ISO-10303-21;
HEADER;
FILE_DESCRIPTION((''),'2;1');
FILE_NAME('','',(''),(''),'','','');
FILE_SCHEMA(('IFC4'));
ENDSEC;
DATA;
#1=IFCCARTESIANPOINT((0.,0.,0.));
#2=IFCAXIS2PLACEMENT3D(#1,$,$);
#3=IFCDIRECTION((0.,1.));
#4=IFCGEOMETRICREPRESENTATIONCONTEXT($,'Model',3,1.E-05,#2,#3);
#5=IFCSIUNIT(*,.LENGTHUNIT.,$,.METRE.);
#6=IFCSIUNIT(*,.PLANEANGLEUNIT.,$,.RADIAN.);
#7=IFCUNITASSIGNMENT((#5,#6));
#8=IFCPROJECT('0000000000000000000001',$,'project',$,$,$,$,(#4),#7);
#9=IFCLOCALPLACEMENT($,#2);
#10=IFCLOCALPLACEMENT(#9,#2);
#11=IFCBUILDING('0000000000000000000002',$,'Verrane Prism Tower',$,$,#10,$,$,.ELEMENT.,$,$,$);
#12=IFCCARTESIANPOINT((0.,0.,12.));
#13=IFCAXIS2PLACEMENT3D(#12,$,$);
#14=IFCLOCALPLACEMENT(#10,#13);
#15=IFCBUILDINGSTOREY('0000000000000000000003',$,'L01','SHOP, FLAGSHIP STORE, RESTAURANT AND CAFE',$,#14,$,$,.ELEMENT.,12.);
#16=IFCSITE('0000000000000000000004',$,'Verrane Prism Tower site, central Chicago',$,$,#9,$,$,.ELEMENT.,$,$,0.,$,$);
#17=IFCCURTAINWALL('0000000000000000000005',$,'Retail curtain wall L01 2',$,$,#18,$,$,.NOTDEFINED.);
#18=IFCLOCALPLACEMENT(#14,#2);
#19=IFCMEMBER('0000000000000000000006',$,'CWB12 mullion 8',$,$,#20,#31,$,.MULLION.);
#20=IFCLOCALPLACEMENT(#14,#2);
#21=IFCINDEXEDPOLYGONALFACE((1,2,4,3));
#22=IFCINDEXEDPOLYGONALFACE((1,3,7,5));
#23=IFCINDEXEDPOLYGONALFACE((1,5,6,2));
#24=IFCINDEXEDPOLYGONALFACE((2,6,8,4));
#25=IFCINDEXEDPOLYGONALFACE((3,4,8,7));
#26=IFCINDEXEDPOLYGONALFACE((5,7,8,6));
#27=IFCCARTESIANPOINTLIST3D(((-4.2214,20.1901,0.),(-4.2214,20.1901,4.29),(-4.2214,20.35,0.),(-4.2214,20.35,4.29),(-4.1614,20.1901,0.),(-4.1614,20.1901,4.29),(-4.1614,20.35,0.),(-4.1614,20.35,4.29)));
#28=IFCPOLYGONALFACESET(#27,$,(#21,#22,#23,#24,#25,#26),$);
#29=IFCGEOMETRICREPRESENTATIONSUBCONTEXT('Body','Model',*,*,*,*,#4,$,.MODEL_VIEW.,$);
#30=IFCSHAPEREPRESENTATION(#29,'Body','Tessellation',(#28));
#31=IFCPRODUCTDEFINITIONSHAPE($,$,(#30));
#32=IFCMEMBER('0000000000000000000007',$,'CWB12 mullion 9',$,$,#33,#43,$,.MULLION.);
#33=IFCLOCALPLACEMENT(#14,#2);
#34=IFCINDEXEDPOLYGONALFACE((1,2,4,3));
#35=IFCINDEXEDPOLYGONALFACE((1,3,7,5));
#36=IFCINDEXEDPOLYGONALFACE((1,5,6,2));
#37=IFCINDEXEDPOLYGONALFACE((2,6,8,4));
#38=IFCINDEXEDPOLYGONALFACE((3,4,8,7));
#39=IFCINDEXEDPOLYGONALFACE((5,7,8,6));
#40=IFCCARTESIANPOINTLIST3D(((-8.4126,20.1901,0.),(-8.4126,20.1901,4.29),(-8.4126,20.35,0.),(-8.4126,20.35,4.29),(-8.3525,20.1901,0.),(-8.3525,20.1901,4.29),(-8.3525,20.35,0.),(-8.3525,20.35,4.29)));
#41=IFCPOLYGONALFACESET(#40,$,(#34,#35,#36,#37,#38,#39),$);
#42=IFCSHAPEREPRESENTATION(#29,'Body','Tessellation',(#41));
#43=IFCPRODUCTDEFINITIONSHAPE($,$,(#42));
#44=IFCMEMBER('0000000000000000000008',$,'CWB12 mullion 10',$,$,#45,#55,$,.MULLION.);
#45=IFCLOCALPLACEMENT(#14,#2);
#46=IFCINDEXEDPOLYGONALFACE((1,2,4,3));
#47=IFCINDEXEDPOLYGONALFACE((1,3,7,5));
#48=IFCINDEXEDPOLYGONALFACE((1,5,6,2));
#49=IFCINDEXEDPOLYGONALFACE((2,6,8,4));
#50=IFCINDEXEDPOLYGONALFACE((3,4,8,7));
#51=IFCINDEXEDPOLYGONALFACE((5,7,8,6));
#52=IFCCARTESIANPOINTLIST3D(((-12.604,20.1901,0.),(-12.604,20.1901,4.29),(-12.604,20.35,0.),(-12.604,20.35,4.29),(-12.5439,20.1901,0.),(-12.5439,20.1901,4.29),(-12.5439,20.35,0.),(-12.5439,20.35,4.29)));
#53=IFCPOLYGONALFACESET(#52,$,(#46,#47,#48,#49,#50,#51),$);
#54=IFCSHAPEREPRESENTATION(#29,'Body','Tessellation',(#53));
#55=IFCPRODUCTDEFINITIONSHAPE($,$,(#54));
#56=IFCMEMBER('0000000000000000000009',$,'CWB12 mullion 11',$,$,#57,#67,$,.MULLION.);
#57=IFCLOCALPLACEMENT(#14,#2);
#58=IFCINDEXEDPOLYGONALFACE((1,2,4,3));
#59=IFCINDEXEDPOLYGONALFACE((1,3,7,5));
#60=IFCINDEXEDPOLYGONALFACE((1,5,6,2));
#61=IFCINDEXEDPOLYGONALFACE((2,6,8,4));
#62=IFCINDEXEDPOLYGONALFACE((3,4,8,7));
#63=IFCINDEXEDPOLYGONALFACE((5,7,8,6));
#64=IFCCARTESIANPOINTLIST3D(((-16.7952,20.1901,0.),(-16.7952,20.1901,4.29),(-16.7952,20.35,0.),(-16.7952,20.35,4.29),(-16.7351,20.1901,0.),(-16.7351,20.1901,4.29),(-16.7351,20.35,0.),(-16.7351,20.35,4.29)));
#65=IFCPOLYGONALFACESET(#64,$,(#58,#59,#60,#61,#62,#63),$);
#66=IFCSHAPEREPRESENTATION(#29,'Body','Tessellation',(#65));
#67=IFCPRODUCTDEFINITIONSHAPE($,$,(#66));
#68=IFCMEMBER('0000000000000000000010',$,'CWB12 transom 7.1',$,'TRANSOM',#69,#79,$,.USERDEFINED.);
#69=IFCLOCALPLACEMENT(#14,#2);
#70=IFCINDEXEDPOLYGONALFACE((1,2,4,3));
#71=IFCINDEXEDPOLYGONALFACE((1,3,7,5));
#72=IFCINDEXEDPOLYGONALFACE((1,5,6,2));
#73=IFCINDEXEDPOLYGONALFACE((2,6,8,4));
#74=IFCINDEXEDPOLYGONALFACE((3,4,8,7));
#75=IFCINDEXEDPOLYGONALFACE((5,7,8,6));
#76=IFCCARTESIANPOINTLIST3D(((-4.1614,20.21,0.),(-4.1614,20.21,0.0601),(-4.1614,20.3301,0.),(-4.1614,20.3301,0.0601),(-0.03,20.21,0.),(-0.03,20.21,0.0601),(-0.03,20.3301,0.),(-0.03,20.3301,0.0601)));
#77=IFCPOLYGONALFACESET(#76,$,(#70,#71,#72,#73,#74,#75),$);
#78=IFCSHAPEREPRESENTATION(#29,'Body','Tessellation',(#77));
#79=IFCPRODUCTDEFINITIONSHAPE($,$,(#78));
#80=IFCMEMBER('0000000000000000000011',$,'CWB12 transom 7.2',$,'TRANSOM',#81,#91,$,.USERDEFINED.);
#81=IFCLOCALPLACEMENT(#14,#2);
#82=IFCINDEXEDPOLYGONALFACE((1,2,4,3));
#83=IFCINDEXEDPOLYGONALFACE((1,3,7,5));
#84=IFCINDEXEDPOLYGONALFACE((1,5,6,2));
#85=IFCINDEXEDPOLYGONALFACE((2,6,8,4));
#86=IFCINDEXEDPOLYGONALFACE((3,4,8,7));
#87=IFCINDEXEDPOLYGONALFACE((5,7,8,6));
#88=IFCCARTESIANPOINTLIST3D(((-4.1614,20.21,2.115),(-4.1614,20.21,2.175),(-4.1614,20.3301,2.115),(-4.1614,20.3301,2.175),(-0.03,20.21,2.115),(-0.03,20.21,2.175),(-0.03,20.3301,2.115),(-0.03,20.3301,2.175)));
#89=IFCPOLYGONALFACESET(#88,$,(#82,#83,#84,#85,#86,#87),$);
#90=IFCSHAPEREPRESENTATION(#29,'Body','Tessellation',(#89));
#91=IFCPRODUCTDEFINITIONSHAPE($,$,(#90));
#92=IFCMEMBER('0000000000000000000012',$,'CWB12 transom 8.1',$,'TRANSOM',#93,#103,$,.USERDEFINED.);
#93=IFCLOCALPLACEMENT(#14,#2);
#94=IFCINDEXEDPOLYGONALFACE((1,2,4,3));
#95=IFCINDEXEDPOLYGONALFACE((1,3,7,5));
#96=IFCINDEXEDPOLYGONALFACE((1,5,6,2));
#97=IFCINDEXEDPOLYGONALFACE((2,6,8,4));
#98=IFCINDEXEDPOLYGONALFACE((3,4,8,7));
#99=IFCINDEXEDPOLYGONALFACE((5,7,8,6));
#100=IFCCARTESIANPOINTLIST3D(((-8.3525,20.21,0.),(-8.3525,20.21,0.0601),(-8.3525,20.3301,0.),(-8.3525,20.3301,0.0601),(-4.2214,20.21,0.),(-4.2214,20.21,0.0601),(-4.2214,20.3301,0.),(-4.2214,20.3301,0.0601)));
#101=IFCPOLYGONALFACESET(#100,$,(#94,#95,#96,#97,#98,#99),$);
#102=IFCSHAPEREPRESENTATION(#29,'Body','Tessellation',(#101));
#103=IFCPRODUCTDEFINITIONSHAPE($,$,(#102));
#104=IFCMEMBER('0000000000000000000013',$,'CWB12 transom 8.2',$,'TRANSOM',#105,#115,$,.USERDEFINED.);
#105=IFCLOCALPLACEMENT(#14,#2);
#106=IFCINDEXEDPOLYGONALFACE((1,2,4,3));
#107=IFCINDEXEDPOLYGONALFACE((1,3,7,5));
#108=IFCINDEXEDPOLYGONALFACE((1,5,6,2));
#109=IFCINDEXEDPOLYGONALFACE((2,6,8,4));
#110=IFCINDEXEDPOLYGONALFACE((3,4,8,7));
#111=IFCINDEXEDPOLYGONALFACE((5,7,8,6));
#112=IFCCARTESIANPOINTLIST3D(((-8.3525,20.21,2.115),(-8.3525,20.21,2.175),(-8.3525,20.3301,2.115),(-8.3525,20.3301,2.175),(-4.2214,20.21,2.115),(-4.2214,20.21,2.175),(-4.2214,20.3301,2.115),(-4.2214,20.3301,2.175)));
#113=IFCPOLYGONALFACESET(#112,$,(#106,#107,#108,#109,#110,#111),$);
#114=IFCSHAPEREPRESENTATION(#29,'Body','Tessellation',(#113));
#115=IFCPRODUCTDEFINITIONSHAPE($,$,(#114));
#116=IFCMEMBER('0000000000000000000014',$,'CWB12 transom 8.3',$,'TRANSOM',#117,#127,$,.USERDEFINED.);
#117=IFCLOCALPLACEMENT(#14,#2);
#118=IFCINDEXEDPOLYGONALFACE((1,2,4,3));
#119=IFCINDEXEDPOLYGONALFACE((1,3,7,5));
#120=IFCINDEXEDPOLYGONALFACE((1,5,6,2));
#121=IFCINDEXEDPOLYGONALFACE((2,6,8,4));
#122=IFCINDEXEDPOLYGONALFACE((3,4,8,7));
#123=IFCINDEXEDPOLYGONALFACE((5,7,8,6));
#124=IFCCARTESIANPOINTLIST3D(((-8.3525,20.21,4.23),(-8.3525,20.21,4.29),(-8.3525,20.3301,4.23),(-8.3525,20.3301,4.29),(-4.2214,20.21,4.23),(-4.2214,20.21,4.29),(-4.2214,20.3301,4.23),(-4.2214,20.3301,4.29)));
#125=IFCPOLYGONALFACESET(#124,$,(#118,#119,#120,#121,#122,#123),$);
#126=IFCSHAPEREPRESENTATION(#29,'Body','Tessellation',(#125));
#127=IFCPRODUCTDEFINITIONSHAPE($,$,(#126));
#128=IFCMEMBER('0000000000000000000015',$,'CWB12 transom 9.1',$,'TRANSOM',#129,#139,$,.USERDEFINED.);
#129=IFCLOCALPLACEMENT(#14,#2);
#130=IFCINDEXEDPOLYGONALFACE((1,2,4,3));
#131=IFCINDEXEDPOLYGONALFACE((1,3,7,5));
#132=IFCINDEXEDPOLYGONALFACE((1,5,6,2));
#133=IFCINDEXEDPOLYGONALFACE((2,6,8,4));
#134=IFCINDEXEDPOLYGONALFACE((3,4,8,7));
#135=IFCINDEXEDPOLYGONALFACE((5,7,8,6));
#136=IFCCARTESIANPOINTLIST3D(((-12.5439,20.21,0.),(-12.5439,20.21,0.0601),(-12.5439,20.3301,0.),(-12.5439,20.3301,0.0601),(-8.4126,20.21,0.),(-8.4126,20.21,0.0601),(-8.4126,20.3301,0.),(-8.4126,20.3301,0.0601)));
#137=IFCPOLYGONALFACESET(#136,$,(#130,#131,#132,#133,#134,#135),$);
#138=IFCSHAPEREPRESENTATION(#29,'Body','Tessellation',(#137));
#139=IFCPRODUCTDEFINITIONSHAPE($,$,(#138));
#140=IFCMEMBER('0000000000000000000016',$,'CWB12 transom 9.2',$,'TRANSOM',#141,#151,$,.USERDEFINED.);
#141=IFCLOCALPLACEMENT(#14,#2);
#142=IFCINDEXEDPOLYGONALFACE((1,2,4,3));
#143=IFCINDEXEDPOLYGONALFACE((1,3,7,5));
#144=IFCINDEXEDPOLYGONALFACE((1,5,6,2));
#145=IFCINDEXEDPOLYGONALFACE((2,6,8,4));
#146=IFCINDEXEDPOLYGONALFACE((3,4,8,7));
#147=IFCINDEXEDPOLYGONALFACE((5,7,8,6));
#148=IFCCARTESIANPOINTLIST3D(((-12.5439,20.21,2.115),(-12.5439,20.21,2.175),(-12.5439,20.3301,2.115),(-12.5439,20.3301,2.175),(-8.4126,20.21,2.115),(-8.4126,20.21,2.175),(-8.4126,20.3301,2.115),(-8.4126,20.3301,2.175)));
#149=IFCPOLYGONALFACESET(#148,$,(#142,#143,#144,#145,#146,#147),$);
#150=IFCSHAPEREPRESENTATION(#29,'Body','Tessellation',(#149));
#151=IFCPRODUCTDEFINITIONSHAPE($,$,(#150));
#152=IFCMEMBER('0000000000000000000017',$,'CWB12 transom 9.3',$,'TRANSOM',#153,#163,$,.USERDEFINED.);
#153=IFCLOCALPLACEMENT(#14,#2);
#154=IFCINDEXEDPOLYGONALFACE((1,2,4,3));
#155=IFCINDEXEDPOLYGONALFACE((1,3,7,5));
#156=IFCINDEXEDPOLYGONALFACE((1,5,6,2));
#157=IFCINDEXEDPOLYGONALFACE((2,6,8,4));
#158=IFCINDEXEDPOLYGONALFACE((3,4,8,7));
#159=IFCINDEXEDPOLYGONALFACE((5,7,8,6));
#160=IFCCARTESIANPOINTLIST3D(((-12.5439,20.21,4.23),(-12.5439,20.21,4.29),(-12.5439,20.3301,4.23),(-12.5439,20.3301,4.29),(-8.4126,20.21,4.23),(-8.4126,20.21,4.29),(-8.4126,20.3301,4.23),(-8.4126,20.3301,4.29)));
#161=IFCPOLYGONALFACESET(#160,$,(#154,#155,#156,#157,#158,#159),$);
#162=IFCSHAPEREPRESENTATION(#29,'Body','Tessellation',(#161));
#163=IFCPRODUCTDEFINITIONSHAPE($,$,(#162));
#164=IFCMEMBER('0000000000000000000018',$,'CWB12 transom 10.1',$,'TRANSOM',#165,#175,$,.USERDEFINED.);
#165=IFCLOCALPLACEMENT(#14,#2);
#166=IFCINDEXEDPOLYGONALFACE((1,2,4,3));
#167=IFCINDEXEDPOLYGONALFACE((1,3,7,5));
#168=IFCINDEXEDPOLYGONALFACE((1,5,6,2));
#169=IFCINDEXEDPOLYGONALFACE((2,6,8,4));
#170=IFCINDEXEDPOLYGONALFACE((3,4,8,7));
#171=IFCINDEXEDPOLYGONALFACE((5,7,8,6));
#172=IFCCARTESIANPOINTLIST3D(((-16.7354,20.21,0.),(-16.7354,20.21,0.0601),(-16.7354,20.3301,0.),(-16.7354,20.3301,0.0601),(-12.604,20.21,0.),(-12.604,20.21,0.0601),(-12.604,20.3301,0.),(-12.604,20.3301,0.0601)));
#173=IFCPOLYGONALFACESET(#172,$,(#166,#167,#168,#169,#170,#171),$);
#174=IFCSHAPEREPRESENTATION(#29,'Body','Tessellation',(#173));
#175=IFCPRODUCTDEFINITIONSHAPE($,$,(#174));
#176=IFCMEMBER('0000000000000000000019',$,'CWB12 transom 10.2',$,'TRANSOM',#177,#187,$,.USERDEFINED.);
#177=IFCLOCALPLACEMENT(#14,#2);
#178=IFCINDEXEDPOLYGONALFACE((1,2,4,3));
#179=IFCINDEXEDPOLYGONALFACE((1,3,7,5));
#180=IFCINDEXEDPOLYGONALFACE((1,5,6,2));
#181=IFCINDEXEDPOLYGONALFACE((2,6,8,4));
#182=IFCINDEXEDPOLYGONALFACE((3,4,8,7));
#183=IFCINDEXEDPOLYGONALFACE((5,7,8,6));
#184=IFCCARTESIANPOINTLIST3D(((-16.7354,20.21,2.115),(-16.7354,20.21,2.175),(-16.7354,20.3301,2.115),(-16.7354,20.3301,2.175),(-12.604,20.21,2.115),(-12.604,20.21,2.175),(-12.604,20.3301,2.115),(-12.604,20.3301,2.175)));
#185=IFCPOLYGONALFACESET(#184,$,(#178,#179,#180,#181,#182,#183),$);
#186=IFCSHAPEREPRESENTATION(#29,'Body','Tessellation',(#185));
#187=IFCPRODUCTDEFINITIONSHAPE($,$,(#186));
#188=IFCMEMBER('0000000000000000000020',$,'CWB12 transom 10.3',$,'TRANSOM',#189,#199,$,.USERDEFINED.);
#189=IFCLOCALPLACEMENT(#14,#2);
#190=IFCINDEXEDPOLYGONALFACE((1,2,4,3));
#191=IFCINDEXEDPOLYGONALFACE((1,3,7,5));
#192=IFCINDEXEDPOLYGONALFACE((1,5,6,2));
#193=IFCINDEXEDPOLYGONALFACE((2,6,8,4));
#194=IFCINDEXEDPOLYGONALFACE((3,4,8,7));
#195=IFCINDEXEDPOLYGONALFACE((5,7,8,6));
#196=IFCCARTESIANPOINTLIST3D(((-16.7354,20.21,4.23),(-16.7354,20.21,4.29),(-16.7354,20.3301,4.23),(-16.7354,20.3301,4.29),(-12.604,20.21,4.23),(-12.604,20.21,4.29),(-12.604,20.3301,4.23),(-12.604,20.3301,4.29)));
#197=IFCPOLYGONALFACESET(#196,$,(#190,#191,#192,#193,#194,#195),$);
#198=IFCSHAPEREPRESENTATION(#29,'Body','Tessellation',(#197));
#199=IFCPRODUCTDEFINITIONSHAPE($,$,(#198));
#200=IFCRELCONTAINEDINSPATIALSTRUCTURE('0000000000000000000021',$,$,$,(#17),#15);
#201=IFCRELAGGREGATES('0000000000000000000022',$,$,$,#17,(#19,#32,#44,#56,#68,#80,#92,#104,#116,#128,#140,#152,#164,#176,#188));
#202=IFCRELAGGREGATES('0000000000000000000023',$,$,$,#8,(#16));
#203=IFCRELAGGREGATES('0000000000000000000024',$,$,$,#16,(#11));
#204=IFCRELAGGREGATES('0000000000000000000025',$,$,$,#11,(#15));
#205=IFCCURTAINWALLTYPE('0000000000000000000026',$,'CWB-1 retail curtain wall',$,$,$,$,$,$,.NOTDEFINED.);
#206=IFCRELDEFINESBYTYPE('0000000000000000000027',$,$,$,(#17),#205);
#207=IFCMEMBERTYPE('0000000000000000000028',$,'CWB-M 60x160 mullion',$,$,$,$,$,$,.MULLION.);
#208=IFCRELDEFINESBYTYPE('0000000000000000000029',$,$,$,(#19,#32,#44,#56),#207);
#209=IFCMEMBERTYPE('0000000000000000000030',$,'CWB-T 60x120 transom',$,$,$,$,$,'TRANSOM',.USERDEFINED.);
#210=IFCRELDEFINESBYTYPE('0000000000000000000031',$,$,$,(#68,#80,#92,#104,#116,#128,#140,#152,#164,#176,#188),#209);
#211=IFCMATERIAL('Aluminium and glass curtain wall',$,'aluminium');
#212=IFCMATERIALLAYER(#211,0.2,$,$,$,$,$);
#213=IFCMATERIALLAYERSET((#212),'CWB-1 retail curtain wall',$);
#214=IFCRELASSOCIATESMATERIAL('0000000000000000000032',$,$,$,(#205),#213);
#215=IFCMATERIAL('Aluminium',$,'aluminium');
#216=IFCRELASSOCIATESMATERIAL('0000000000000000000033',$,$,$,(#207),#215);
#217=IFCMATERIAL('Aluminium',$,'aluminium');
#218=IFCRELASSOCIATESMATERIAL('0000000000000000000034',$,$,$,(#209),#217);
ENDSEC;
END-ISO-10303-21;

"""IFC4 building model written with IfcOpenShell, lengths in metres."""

from ifc_helpers import new_model, si_unit, direction, frame, origin, origin_2d, place, context, subcontext, project, spatial, rectangle, extrude, material, layer, layer_set, material_profile, profile_set, type_object, element, aggregate, save


model = new_model("IFC4")

# Units and contexts
model_context = context("Model", 3, precision=1e-05, world=origin(), true_north=direction((0.0, 1.0)))
body_context = subcontext(model_context, "Body", "Model", "MODEL_VIEW")
ifc_project = project(units=[si_unit("LENGTHUNIT", "METRE"), si_unit("PLANEANGLEUNIT", "RADIAN")], contexts=[model_context])

# Site, building, storey
site_placement = place(None, origin())
site = spatial("IfcSite", under=ifc_project, at=site_placement, Name="Verrane Prism Tower site, central Chicago", CompositionType="ELEMENT", RefElevation=0.0)
building_placement = place(site_placement, origin())
building = spatial("IfcBuilding", under=site, at=building_placement, Name="Verrane Prism Tower", CompositionType="ELEMENT")
storey_placement = place(building_placement, frame((0.0, 0.0, 12.0)))
storey = spatial("IfcBuildingStorey", under=building, at=storey_placement, Name="L01", Description="SHOP, FLAGSHIP STORE, RESTAURANT AND CAFE", CompositionType="ELEMENT", Elevation=12.0)

# Curtain wall, members
ifc_material_1 = material(Name="Aluminium and glass curtain wall", Category="aluminium")
ifc_layer_1 = layer(ifc_material_1, 0.2)
ifc_layer_set_1 = layer_set([ifc_layer_1], Name="CWB-1 retail curtain wall")
curtain_wall_type = type_object("IfcCurtainWallType", Name="CWB-1 retail curtain wall", PredefinedType="NOTDEFINED", material=ifc_layer_set_1)
curtain_wall_placement = place(storey_placement, origin())
curtain_wall = element("IfcCurtainWall", 1, at=curtain_wall_placement, inside=storey, type_object=curtain_wall_type, Name="Retail curtain wall L01 2", PredefinedType="NOTDEFINED")
ifc_material_2 = material(Name="Aluminium", Category="aluminium")
ifc_material_profile_1 = material_profile(ifc_material_2, rectangle(XDim=0.1599, YDim=0.0601, at=origin_2d()), Name="CWB-M 60x160 mullion")
ifc_profile_set_1 = profile_set([ifc_material_profile_1], Name="Aluminium")
member_type_1 = type_object("IfcMemberType", Name="CWB-M 60x160 mullion", PredefinedType="MULLION", material=ifc_profile_set_1)
member_1_placement = place(storey_placement, frame((-4.1914, 20.27, 0.0), z_axis=(0.0, 0.0, 1.0), x_axis=(0.0, -1.0, 0.0)))
member_1 = element("IfcMember", 2, at=member_1_placement, type_object=member_type_1, Name="CWB12 mullion 8", PredefinedType="MULLION", context=body_context, shape_type="SweptSolid", body=[
    extrude(rectangle(XDim=0.1599, YDim=0.0601, at=origin_2d()), origin(), (0.0, 0.0, 1.0), 4.29),
])
member_2_placement = place(storey_placement, frame((-8.3826, 20.27, 0.0), z_axis=(0.0, 0.0, 1.0), x_axis=(0.0, -1.0, 0.0)))
member_2 = element("IfcMember", 3, at=member_2_placement, type_object=member_type_1, Name="CWB12 mullion 9", PredefinedType="MULLION", context=body_context, shape_type="SweptSolid", body=[
    extrude(rectangle(XDim=0.1599, YDim=0.0601, at=origin_2d()), origin(), (0.0, 0.0, 1.0), 4.29),
])
member_3_placement = place(storey_placement, frame((-12.574, 20.27, 0.0), z_axis=(0.0, 0.0, 1.0), x_axis=(0.0, -1.0, 0.0)))
member_3 = element("IfcMember", 4, at=member_3_placement, type_object=member_type_1, Name="CWB12 mullion 10", PredefinedType="MULLION", context=body_context, shape_type="SweptSolid", body=[
    extrude(rectangle(XDim=0.1599, YDim=0.0601, at=origin_2d()), origin(), (0.0, 0.0, 1.0), 4.29),
])
member_4_placement = place(storey_placement, frame((-16.7651, 20.27, 0.0), z_axis=(0.0, 0.0, 1.0), x_axis=(0.0, -1.0, 0.0)))
member_4 = element("IfcMember", 5, at=member_4_placement, type_object=member_type_1, Name="CWB12 mullion 11", PredefinedType="MULLION", context=body_context, shape_type="SweptSolid", body=[
    extrude(rectangle(XDim=0.1599, YDim=0.0601, at=origin_2d()), origin(), (0.0, 0.0, 1.0), 4.29),
])
ifc_material_3 = material(Name="Aluminium", Category="aluminium")
ifc_material_profile_2 = material_profile(ifc_material_3, rectangle(XDim=0.1201, YDim=0.0601, at=origin_2d()), Name="CWB-T 60x120 transom")
ifc_profile_set_2 = profile_set([ifc_material_profile_2], Name="Aluminium")
member_type_2 = type_object("IfcMemberType", Name="CWB-T 60x120 transom", ElementType="TRANSOM", PredefinedType="USERDEFINED", material=ifc_profile_set_2)
member_5_placement = place(storey_placement, frame((-0.03, 20.27, 0.03), z_axis=(-1.0, 0.0, 0.0), x_axis=(0.0, -1.0, 0.0)))
member_5 = element("IfcMember", 6, at=member_5_placement, type_object=member_type_2, Name="CWB12 transom 7.1", ObjectType="TRANSOM", PredefinedType="USERDEFINED", context=body_context, shape_type="SweptSolid", body=[
    extrude(rectangle(XDim=0.1201, YDim=0.0601, at=origin_2d()), origin(), (0.0, 0.0, 1.0), 4.1313),
])
member_6_placement = place(storey_placement, frame((-0.03, 20.27, 2.145), z_axis=(-1.0, 0.0, 0.0), x_axis=(0.0, -1.0, 0.0)))
member_6 = element("IfcMember", 7, at=member_6_placement, type_object=member_type_2, Name="CWB12 transom 7.2", ObjectType="TRANSOM", PredefinedType="USERDEFINED", context=body_context, shape_type="SweptSolid", body=[
    extrude(rectangle(XDim=0.1201, YDim=0.0601, at=origin_2d()), origin(), (0.0, 0.0, 1.0), 4.1313),
])
member_7_placement = place(storey_placement, frame((-4.2214, 20.27, 0.03), z_axis=(-1.0, 0.0, 0.0), x_axis=(0.0, -1.0, 0.0)))
member_7 = element("IfcMember", 8, at=member_7_placement, type_object=member_type_2, Name="CWB12 transom 8.1", ObjectType="TRANSOM", PredefinedType="USERDEFINED", context=body_context, shape_type="SweptSolid", body=[
    extrude(rectangle(XDim=0.1201, YDim=0.0601, at=origin_2d()), origin(), (0.0, 0.0, 1.0), 4.1311),
])
member_8_placement = place(storey_placement, frame((-4.2214, 20.27, 2.145), z_axis=(-1.0, 0.0, 0.0), x_axis=(0.0, -1.0, 0.0)))
member_8 = element("IfcMember", 9, at=member_8_placement, type_object=member_type_2, Name="CWB12 transom 8.2", ObjectType="TRANSOM", PredefinedType="USERDEFINED", context=body_context, shape_type="SweptSolid", body=[
    extrude(rectangle(XDim=0.1201, YDim=0.0601, at=origin_2d()), origin(), (0.0, 0.0, 1.0), 4.1311),
])
member_9_placement = place(storey_placement, frame((-4.2214, 20.27, 4.26), z_axis=(-1.0, 0.0, 0.0), x_axis=(0.0, -1.0, 0.0)))
member_9 = element("IfcMember", 10, at=member_9_placement, type_object=member_type_2, Name="CWB12 transom 8.3", ObjectType="TRANSOM", PredefinedType="USERDEFINED", context=body_context, shape_type="SweptSolid", body=[
    extrude(rectangle(XDim=0.1201, YDim=0.0601, at=origin_2d()), origin(), (0.0, 0.0, 1.0), 4.1311),
])
member_10_placement = place(storey_placement, frame((-8.4126, 20.27, 0.03), z_axis=(-1.0, 0.0, 0.0), x_axis=(0.0, -1.0, 0.0)))
member_10 = element("IfcMember", 11, at=member_10_placement, type_object=member_type_2, Name="CWB12 transom 9.1", ObjectType="TRANSOM", PredefinedType="USERDEFINED", context=body_context, shape_type="SweptSolid", body=[
    extrude(rectangle(XDim=0.1201, YDim=0.0601, at=origin_2d()), origin(), (0.0, 0.0, 1.0), 4.1313),
])
member_11_placement = place(storey_placement, frame((-8.4126, 20.27, 2.145), z_axis=(-1.0, 0.0, 0.0), x_axis=(0.0, -1.0, 0.0)))
member_11 = element("IfcMember", 12, at=member_11_placement, type_object=member_type_2, Name="CWB12 transom 9.2", ObjectType="TRANSOM", PredefinedType="USERDEFINED", context=body_context, shape_type="SweptSolid", body=[
    extrude(rectangle(XDim=0.1201, YDim=0.0601, at=origin_2d()), origin(), (0.0, 0.0, 1.0), 4.1313),
])
member_12_placement = place(storey_placement, frame((-8.4126, 20.27, 4.26), z_axis=(-1.0, 0.0, 0.0), x_axis=(0.0, -1.0, 0.0)))
member_12 = element("IfcMember", 13, at=member_12_placement, type_object=member_type_2, Name="CWB12 transom 9.3", ObjectType="TRANSOM", PredefinedType="USERDEFINED", context=body_context, shape_type="SweptSolid", body=[
    extrude(rectangle(XDim=0.1201, YDim=0.0601, at=origin_2d()), origin(), (0.0, 0.0, 1.0), 4.1313),
])
member_13_placement = place(storey_placement, frame((-12.604, 20.27, 0.03), z_axis=(-1.0, 0.0, 0.0), x_axis=(0.0, -1.0, 0.0)))
member_13 = element("IfcMember", 14, at=member_13_placement, type_object=member_type_2, Name="CWB12 transom 10.1", ObjectType="TRANSOM", PredefinedType="USERDEFINED", context=body_context, shape_type="SweptSolid", body=[
    extrude(rectangle(XDim=0.1201, YDim=0.0601, at=origin_2d()), origin(), (0.0, 0.0, 1.0), 4.1313),
])
member_14_placement = place(storey_placement, frame((-12.604, 20.27, 2.145), z_axis=(-1.0, 0.0, 0.0), x_axis=(0.0, -1.0, 0.0)))
member_14 = element("IfcMember", 15, at=member_14_placement, type_object=member_type_2, Name="CWB12 transom 10.2", ObjectType="TRANSOM", PredefinedType="USERDEFINED", context=body_context, shape_type="SweptSolid", body=[
    extrude(rectangle(XDim=0.1201, YDim=0.0601, at=origin_2d()), origin(), (0.0, 0.0, 1.0), 4.1313),
])
member_15_placement = place(storey_placement, frame((-12.604, 20.27, 4.26), z_axis=(-1.0, 0.0, 0.0), x_axis=(0.0, -1.0, 0.0)))
member_15 = element("IfcMember", 16, at=member_15_placement, type_object=member_type_2, Name="CWB12 transom 10.3", ObjectType="TRANSOM", PredefinedType="USERDEFINED", context=body_context, shape_type="SweptSolid", body=[
    extrude(rectangle(XDim=0.1201, YDim=0.0601, at=origin_2d()), origin(), (0.0, 0.0, 1.0), 4.1313),
])

aggregate(curtain_wall, [member_1, member_2, member_3, member_4, member_5, member_6, member_7, member_8, member_9, member_10, member_11, member_12, member_13, member_14, member_15])

save(model, "model.ifc")
